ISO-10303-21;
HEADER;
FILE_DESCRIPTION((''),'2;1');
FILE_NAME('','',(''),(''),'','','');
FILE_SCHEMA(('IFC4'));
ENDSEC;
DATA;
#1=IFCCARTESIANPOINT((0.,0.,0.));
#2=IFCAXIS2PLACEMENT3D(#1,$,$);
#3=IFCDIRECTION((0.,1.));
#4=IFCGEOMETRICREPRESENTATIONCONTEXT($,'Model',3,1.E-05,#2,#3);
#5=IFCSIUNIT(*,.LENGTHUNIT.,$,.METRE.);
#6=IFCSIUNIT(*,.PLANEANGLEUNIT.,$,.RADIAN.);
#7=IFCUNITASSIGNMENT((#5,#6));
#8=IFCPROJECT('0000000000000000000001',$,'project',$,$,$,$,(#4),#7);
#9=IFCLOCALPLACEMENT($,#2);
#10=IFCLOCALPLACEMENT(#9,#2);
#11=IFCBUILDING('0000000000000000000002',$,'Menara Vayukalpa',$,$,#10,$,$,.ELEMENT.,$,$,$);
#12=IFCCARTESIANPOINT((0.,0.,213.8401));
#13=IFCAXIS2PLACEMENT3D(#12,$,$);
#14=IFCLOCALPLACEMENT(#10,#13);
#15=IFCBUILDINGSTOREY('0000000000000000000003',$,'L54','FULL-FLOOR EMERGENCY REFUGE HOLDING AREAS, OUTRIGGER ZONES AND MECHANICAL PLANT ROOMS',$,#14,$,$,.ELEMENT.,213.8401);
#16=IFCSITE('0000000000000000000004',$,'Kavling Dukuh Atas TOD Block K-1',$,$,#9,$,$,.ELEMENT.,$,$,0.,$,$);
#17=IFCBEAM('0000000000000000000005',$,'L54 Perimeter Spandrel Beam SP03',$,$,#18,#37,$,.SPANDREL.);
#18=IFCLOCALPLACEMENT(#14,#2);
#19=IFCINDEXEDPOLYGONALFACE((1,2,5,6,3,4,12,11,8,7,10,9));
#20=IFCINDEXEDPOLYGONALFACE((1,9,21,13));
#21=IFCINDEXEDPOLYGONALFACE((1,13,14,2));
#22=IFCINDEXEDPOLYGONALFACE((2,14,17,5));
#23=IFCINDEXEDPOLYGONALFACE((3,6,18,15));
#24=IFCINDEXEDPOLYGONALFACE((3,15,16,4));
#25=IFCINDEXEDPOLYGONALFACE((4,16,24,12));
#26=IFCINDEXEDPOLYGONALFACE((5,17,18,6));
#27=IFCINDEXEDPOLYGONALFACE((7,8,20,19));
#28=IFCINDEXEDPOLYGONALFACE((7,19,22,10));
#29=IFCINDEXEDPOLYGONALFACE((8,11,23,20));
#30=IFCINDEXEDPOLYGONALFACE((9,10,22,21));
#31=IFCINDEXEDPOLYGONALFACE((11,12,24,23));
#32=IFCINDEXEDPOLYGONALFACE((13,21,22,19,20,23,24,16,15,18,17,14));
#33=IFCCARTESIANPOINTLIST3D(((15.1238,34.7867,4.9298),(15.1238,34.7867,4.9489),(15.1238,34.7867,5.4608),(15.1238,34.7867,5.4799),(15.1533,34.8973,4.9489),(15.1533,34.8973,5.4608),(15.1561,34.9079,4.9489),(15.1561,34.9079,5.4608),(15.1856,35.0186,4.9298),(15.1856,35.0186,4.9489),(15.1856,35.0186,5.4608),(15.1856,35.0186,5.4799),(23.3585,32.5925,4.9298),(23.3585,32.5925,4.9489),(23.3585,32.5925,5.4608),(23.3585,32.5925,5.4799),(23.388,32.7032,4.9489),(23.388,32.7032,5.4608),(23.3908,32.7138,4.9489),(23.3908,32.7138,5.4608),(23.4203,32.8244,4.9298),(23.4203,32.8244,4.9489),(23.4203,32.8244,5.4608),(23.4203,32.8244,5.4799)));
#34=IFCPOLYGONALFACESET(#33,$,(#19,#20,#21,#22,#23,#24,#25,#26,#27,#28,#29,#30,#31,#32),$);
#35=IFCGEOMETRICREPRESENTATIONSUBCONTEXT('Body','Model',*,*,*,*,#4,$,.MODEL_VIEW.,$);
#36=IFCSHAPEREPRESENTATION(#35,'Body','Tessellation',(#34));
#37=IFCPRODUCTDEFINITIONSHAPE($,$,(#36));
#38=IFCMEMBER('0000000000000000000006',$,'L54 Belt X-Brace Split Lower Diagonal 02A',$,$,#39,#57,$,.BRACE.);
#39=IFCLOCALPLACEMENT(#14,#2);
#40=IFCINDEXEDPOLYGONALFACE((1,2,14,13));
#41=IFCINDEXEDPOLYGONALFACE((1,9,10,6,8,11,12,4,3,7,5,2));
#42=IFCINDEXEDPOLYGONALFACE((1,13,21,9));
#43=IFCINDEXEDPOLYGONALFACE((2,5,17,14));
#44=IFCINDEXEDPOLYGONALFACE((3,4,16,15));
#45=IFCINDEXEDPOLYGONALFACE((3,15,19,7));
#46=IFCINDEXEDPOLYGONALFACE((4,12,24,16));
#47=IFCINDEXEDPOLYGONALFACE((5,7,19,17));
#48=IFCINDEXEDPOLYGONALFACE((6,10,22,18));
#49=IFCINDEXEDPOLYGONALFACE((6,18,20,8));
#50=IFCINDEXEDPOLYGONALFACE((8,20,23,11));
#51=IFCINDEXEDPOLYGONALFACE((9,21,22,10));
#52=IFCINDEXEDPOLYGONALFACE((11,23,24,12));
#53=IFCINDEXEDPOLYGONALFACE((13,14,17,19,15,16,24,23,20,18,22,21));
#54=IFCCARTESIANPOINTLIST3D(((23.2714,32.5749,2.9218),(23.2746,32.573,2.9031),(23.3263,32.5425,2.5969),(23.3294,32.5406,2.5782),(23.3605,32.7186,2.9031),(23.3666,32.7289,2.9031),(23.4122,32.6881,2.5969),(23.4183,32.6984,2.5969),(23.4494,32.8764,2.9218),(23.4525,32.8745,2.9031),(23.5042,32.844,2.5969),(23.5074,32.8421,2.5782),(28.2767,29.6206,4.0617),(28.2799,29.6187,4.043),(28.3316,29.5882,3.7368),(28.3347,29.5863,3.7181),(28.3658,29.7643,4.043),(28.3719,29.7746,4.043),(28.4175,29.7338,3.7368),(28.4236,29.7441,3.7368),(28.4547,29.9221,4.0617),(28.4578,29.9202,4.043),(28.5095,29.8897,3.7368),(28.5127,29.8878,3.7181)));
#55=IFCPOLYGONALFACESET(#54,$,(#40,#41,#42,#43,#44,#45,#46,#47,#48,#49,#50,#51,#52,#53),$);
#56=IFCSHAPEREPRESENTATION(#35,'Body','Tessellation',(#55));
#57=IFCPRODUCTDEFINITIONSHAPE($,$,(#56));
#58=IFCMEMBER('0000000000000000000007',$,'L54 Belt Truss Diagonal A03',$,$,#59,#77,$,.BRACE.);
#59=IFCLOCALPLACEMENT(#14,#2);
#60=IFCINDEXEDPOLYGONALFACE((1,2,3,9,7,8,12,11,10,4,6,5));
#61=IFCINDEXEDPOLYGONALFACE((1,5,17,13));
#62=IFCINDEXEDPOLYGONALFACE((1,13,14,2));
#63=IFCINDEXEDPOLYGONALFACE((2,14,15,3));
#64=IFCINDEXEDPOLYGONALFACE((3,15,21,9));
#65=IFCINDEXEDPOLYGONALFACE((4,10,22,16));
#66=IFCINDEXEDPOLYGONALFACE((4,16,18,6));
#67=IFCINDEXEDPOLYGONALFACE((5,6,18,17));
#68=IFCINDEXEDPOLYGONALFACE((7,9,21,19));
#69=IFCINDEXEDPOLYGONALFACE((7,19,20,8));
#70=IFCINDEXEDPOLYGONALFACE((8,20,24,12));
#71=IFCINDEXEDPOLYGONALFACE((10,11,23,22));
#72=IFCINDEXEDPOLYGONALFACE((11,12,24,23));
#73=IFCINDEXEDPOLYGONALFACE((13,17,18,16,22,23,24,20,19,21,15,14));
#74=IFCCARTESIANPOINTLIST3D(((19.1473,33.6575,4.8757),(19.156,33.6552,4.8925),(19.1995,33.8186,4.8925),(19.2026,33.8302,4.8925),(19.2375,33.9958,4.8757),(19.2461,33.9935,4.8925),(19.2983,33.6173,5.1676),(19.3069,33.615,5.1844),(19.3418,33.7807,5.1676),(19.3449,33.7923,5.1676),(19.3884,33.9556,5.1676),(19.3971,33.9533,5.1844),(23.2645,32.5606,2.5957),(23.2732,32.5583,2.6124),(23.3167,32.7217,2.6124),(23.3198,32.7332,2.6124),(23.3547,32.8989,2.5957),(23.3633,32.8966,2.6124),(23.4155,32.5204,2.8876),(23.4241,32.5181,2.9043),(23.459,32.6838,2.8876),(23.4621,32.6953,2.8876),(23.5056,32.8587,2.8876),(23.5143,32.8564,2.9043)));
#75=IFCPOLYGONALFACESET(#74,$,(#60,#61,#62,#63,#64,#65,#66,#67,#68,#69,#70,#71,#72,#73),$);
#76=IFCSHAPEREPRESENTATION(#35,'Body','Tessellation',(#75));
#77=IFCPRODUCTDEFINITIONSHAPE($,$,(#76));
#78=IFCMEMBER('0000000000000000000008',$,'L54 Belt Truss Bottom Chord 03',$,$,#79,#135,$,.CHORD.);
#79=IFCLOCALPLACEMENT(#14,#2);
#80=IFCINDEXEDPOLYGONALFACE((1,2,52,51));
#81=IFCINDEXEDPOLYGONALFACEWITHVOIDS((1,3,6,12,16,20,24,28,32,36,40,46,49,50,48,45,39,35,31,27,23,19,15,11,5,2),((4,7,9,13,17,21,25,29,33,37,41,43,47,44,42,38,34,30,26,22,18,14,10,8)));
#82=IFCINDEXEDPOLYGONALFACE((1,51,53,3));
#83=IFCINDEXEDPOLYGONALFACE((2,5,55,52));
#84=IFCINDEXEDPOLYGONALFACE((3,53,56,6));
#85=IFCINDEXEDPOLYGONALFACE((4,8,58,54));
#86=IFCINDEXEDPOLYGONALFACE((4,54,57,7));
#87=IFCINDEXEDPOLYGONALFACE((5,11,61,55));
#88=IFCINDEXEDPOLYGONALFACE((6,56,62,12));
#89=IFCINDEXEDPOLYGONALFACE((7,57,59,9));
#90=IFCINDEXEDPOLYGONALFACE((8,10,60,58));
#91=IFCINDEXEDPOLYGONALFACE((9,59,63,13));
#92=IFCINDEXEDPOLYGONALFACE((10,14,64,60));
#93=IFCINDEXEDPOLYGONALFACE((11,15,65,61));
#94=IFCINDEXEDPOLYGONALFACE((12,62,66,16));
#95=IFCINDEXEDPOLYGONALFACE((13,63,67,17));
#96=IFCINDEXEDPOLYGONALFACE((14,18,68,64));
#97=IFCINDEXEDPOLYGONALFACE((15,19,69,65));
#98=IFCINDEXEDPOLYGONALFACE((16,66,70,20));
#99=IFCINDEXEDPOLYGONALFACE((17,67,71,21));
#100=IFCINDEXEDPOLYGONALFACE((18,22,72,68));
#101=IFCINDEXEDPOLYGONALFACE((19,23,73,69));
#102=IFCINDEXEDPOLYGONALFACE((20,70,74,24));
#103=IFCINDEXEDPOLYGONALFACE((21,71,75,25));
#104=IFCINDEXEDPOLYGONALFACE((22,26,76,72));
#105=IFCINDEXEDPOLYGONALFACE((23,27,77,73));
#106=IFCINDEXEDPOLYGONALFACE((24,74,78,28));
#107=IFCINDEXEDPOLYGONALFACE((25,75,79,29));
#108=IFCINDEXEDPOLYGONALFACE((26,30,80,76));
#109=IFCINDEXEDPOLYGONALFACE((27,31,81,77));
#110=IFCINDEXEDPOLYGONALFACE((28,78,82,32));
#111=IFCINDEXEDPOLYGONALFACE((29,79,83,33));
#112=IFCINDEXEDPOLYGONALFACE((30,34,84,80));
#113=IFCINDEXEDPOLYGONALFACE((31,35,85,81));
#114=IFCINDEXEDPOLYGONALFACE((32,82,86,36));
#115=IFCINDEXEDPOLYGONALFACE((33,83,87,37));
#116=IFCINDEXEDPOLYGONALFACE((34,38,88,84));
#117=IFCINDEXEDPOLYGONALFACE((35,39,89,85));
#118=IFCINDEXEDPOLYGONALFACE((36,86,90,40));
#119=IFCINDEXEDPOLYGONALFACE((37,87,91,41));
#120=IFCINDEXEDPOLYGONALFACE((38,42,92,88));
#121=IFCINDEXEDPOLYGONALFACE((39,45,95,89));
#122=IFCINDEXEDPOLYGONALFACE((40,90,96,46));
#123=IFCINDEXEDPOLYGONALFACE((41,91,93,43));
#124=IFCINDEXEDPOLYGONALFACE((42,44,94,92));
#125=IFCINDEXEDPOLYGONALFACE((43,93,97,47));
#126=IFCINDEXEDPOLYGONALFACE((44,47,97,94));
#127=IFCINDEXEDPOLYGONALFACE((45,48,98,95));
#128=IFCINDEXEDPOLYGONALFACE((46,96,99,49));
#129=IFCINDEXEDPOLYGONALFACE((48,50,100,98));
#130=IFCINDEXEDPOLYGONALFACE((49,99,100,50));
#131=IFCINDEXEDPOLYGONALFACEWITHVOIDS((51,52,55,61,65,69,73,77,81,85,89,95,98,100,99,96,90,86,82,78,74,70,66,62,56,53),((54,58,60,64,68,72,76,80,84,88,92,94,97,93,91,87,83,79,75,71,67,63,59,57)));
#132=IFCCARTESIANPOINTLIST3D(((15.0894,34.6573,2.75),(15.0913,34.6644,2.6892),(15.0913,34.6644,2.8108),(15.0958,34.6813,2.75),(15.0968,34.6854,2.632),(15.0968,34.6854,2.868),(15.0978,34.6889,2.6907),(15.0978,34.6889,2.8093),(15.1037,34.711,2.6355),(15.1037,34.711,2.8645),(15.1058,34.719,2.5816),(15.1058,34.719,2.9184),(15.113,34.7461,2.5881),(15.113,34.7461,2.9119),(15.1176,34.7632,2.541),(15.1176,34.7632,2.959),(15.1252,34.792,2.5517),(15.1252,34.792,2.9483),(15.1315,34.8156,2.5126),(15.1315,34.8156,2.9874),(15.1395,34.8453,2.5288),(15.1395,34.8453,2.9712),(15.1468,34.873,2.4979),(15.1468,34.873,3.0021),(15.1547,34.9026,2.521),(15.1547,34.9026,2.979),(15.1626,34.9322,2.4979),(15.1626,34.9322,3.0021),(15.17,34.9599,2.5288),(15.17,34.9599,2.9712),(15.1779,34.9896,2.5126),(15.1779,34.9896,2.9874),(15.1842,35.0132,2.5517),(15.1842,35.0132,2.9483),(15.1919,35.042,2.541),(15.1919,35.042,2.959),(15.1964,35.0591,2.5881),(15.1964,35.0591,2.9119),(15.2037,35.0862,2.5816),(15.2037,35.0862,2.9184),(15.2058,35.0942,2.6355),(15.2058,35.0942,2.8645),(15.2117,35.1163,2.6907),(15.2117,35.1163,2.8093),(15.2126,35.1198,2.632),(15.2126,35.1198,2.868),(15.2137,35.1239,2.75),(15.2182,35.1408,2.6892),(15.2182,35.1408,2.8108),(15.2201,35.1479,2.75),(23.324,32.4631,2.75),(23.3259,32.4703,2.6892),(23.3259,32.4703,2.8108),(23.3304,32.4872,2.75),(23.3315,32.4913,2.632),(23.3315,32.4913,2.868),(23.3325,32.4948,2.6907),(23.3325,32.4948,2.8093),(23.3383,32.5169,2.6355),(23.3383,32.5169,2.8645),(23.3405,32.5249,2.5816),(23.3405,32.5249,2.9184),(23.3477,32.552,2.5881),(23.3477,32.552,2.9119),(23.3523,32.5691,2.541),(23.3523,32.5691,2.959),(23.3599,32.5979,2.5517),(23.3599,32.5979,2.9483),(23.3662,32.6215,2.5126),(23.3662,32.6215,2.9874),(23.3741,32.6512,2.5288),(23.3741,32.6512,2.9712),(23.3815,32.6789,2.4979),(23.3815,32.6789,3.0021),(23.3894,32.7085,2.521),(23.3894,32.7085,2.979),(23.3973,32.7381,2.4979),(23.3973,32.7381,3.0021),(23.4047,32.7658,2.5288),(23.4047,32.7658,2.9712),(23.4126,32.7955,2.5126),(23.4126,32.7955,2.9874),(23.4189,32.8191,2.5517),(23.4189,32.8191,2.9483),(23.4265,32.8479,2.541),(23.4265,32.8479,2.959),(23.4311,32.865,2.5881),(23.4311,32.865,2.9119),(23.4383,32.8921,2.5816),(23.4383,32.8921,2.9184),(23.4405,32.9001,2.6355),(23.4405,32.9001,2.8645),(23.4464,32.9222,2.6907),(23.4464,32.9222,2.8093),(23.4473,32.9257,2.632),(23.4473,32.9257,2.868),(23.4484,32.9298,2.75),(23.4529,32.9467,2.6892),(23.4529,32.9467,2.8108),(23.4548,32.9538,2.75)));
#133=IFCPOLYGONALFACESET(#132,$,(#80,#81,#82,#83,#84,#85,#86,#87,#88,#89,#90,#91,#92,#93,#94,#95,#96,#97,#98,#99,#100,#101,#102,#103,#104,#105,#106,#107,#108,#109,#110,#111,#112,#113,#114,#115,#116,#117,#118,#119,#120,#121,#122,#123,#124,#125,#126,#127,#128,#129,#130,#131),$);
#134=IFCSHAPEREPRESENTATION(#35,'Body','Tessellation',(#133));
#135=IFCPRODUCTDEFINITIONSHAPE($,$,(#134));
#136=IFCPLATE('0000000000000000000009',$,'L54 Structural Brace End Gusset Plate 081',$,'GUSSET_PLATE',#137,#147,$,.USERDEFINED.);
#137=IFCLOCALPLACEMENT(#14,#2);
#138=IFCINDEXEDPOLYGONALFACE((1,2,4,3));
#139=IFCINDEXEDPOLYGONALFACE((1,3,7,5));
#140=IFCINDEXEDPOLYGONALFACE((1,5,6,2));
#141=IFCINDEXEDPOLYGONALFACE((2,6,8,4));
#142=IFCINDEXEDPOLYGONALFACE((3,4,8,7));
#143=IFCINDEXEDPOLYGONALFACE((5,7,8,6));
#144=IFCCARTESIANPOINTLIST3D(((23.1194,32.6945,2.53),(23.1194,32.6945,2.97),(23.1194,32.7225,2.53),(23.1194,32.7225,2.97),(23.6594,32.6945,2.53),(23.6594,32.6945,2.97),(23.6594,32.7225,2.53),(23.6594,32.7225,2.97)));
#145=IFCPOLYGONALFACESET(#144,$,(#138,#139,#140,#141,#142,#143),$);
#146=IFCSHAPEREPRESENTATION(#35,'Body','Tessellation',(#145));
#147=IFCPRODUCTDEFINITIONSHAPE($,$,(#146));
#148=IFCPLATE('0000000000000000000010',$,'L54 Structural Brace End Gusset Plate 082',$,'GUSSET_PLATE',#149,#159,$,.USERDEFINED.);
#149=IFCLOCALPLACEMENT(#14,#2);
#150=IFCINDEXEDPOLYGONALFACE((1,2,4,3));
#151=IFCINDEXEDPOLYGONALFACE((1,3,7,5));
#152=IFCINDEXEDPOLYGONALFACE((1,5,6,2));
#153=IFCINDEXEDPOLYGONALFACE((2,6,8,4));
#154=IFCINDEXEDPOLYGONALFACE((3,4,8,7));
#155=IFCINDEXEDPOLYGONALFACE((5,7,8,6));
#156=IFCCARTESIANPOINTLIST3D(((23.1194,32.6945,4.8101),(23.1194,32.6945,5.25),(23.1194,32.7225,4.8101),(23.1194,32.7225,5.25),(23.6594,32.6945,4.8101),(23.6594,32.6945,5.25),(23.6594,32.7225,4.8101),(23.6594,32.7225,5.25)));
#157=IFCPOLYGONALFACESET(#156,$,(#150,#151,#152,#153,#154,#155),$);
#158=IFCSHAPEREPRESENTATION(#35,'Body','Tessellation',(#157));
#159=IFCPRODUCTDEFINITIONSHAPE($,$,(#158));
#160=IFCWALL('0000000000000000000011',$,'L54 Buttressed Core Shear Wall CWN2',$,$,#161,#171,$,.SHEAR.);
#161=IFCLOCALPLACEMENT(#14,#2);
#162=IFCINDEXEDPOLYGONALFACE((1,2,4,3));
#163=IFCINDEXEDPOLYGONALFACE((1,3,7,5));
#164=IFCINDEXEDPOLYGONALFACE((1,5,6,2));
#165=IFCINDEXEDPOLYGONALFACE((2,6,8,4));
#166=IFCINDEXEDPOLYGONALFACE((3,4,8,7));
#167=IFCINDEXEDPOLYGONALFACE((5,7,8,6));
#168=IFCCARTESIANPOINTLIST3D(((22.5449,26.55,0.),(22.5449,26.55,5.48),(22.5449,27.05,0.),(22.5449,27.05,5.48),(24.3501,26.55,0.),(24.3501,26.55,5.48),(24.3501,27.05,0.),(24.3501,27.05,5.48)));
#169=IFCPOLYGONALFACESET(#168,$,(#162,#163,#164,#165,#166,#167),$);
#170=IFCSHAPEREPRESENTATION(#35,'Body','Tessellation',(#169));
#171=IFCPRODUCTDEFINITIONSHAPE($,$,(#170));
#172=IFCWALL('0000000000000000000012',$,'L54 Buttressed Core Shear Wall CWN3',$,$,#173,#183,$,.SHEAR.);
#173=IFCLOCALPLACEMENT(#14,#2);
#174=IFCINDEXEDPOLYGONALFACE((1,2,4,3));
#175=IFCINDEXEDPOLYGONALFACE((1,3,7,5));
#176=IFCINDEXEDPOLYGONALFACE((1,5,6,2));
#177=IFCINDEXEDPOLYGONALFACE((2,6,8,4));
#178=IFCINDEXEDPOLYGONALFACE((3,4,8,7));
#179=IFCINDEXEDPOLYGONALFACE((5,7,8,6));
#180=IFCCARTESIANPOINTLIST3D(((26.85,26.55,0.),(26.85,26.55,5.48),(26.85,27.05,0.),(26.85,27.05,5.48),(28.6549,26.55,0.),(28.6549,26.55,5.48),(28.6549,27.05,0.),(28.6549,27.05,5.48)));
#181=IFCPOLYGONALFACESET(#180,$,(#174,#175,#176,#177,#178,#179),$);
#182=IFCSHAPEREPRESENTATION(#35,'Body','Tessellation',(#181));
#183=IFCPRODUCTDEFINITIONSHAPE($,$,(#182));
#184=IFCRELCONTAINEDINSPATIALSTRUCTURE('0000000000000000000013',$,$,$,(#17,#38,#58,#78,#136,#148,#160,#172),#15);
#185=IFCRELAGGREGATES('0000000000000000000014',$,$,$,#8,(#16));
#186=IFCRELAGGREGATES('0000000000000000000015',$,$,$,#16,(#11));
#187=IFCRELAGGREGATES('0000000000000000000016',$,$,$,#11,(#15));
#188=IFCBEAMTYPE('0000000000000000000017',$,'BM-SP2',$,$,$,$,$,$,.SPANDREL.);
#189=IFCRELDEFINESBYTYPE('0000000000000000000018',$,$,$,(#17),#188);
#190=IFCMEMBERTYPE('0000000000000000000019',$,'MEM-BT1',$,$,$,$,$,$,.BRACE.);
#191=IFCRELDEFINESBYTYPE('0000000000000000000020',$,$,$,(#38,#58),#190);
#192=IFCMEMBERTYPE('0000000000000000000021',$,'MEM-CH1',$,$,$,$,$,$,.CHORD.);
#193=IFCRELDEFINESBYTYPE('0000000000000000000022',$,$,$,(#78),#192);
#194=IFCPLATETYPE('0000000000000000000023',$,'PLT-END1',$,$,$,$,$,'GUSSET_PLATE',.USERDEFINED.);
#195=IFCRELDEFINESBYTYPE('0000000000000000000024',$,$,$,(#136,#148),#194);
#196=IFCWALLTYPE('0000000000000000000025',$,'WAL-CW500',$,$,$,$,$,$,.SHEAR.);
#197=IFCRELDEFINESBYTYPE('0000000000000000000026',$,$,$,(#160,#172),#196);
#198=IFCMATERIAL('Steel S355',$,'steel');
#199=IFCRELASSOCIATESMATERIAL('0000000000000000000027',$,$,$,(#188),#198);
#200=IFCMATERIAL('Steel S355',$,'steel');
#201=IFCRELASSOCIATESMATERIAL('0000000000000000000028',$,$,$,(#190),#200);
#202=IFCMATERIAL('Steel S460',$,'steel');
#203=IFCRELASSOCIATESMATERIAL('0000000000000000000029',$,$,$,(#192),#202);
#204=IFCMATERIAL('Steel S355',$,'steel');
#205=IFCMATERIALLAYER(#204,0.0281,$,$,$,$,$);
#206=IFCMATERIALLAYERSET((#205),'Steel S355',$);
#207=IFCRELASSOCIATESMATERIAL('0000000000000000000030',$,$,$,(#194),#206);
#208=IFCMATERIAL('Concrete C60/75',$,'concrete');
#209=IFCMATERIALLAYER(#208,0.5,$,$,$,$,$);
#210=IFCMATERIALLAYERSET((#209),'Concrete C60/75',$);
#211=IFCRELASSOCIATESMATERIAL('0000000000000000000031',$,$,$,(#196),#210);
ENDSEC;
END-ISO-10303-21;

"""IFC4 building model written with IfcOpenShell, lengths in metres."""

from ifc_helpers import new_model, si_unit, direction, frame, frame_2d, origin, origin_2d, place, context, subcontext, project, spatial, rectangle, hollow_circle, i_section, extrude, material, layer, layer_set, material_profile, profile_set, type_object, element, save


model = new_model("IFC4")

# Units and contexts
model_context = context("Model", 3, precision=1e-05, world=origin(), true_north=direction((0.0, 1.0)))
body_context = subcontext(model_context, "Body", "Model", "MODEL_VIEW")
ifc_project = project(units=[si_unit("LENGTHUNIT", "METRE"), si_unit("PLANEANGLEUNIT", "RADIAN")], contexts=[model_context])

# Site, building, storey
site_placement = place(None, origin())
site = spatial("IfcSite", under=ifc_project, at=site_placement, Name="Kavling Dukuh Atas TOD Block K-1", CompositionType="ELEMENT", RefElevation=0.0)
building_placement = place(site_placement, origin())
building = spatial("IfcBuilding", under=site, at=building_placement, Name="Menara Vayukalpa", CompositionType="ELEMENT")
storey_placement = place(building_placement, frame((0.0, 0.0, 213.8401)))
storey = spatial("IfcBuildingStorey", under=building, at=storey_placement, Name="L54", Description="FULL-FLOOR EMERGENCY REFUGE HOLDING AREAS, OUTRIGGER ZONES AND MECHANICAL PLANT ROOMS", CompositionType="ELEMENT", Elevation=213.8401)

# Beam
ifc_material_1 = material(Name="Steel S355", Category="steel")
ifc_material_profile_1 = material_profile(ifc_material_1, i_section(OverallWidth=0.24, OverallDepth=0.55, WebThickness=0.011, FlangeThickness=0.019, at=origin_2d()), Name="WF 550x240x11x19")
ifc_profile_set_1 = profile_set([ifc_material_profile_1], Name="Steel S355")
beam_type_1 = type_object("IfcBeamType", Name="BM-SP2", PredefinedType="SPANDREL", material=ifc_profile_set_1)
beam_1_placement = place(storey_placement, frame((23.3894, 32.7085, 5.2048), z_axis=(-0.966288, 0.257465, 0.0), x_axis=(-0.257465, -0.966288, 0.0)))
element("IfcBeam", 1, at=beam_1_placement, inside=storey, type_object=beam_type_1, Name="L54 Perimeter Spandrel Beam SP03", PredefinedType="SPANDREL", context=body_context, shape_type="SweptSolid", body=[
    extrude(i_section(OverallWidth=0.24, OverallDepth=0.55, WebThickness=0.011, FlangeThickness=0.019, at=origin_2d()), origin(), (0.0, 0.0, 1.0), 8.522),
])

# Members
ifc_material_2 = material(Name="Steel S355", Category="steel")
ifc_material_profile_2 = material_profile(ifc_material_2, i_section(OverallWidth=0.3501, OverallDepth=0.3501, WebThickness=0.012, FlangeThickness=0.019, at=origin_2d()), Name="H 350x350x12x19")
ifc_profile_set_2 = profile_set([ifc_material_profile_2], Name="Steel S355")
member_type_1 = type_object("IfcMemberType", Name="MEM-BT1", PredefinedType="BRACE", material=ifc_profile_set_2)
member_1_placement = place(storey_placement, frame((23.3894, 32.7085, 2.75), z_axis=(0.845082, -0.498797, 0.192454), x_axis=(0.508299, 0.861181, 0.0)))
element("IfcMember", 2, at=member_1_placement, inside=storey, type_object=member_type_1, Name="L54 Belt X-Brace Split Lower Diagonal 02A", PredefinedType="BRACE", context=body_context, shape_type="SweptSolid", body=[
    extrude(i_section(OverallWidth=0.3501, OverallDepth=0.3501, WebThickness=0.012, FlangeThickness=0.019, at=origin_2d()), origin(), (0.0, 0.0, 1.0), 5.9229),
])
member_2_placement = place(storey_placement, frame((23.3894, 32.7085, 2.75), z_axis=(-0.85198, 0.226989, 0.471812), x_axis=(-0.257445, -0.966293, 0.0)))
element("IfcMember", 3, at=member_2_placement, inside=storey, type_object=member_type_1, Name="L54 Belt Truss Diagonal A03", PredefinedType="BRACE", context=body_context, shape_type="SweptSolid", body=[
    extrude(i_section(OverallWidth=0.3501, OverallDepth=0.3501, WebThickness=0.012, FlangeThickness=0.019, at=origin_2d()), origin(), (0.0, 0.0, 1.0), 4.8325),
])
ifc_material_3 = material(Name="Steel S460", Category="steel")
ifc_material_profile_3 = material_profile(ifc_material_3, hollow_circle(Radius=0.2539, WallThickness=0.0249, at=origin_2d()), Name="CHS 508.0x25")
ifc_profile_set_3 = profile_set([ifc_material_profile_3], Name="Steel S460")
member_type_2 = type_object("IfcMemberType", Name="MEM-CH1", PredefinedType="CHORD", material=ifc_profile_set_3)
member_3_placement = place(storey_placement, frame((23.3894, 32.7085, 2.75), z_axis=(-0.966288, 0.257465, 0.0), x_axis=(-0.257465, -0.966288, 0.0)))
element("IfcMember", 4, at=member_3_placement, inside=storey, type_object=member_type_2, Name="L54 Belt Truss Bottom Chord 03", PredefinedType="CHORD", context=body_context, shape_type="SweptSolid", body=[
    extrude(hollow_circle(Radius=0.2539, WallThickness=0.0249, at=origin_2d()), origin(), (0.0, 0.0, 1.0), 8.522),
])

# Plates
ifc_material_4 = material(Name="Steel S355", Category="steel")
ifc_layer_1 = layer(ifc_material_4, 0.0281)
ifc_layer_set_1 = layer_set([ifc_layer_1], Name="Steel S355")
plate_type = type_object("IfcPlateType", Name="PLT-END1", ElementType="GUSSET_PLATE", PredefinedType="USERDEFINED", material=ifc_layer_set_1)
for number, where, z_axis, x_axis, name in (
    (5, (23.3894, 32.7085, 2.53), (0.0, 0.0, 1.0), (1.0, 0.0, 0.0), "L54 Structural Brace End Gusset Plate 081"),
    (6, (23.3894, 32.7085, 4.8101), (0.0, 0.0, 1.0), (1.0, 0.0, 0.0), "L54 Structural Brace End Gusset Plate 082"),
):
    element("IfcPlate", number, at=place(storey_placement, frame(where, z_axis=z_axis, x_axis=x_axis)), inside=storey, type_object=plate_type, Name=name, ObjectType="GUSSET_PLATE", PredefinedType="USERDEFINED", context=body_context, shape_type="SweptSolid", body=[
        extrude(rectangle(XDim=0.54, YDim=0.0281, at=origin_2d()), origin(), (0.0, 0.0, 1.0), 0.4399),
    ])

# Walls
ifc_material_5 = material(Name="Concrete C60/75", Category="concrete")
ifc_layer_2 = layer(ifc_material_5, 0.5)
ifc_layer_set_2 = layer_set([ifc_layer_2], Name="Concrete C60/75")
wall_type_1 = type_object("IfcWallType", Name="WAL-CW500", PredefinedType="SHEAR", material=ifc_layer_set_2)
wall_1_placement = place(storey_placement, frame((22.5449, 26.8, 0.0), z_axis=(0.0, 0.0, 1.0), x_axis=(1.0, 0.0, 0.0)))
element("IfcWall", 7, at=wall_1_placement, inside=storey, type_object=wall_type_1, Name="L54 Buttressed Core Shear Wall CWN2", PredefinedType="SHEAR", context=body_context, shape_type="SweptSolid", body=[
    extrude(rectangle(XDim=1.8052, YDim=0.5, at=frame_2d((0.9026, 0.0))), origin(), (0.0, 0.0, 1.0), 5.48),
])
wall_2_placement = place(storey_placement, frame((26.8501, 26.8, 0.0), z_axis=(0.0, 0.0, 1.0), x_axis=(1.0, 0.0, 0.0)))
element("IfcWall", 8, at=wall_2_placement, inside=storey, type_object=wall_type_1, Name="L54 Buttressed Core Shear Wall CWN3", PredefinedType="SHEAR", context=body_context, shape_type="SweptSolid", body=[
    extrude(rectangle(XDim=1.8049, YDim=0.5, at=frame_2d((0.9023, 0.0))), origin(), (0.0, 0.0, 1.0), 5.48),
])

save(model, "model.ifc")
